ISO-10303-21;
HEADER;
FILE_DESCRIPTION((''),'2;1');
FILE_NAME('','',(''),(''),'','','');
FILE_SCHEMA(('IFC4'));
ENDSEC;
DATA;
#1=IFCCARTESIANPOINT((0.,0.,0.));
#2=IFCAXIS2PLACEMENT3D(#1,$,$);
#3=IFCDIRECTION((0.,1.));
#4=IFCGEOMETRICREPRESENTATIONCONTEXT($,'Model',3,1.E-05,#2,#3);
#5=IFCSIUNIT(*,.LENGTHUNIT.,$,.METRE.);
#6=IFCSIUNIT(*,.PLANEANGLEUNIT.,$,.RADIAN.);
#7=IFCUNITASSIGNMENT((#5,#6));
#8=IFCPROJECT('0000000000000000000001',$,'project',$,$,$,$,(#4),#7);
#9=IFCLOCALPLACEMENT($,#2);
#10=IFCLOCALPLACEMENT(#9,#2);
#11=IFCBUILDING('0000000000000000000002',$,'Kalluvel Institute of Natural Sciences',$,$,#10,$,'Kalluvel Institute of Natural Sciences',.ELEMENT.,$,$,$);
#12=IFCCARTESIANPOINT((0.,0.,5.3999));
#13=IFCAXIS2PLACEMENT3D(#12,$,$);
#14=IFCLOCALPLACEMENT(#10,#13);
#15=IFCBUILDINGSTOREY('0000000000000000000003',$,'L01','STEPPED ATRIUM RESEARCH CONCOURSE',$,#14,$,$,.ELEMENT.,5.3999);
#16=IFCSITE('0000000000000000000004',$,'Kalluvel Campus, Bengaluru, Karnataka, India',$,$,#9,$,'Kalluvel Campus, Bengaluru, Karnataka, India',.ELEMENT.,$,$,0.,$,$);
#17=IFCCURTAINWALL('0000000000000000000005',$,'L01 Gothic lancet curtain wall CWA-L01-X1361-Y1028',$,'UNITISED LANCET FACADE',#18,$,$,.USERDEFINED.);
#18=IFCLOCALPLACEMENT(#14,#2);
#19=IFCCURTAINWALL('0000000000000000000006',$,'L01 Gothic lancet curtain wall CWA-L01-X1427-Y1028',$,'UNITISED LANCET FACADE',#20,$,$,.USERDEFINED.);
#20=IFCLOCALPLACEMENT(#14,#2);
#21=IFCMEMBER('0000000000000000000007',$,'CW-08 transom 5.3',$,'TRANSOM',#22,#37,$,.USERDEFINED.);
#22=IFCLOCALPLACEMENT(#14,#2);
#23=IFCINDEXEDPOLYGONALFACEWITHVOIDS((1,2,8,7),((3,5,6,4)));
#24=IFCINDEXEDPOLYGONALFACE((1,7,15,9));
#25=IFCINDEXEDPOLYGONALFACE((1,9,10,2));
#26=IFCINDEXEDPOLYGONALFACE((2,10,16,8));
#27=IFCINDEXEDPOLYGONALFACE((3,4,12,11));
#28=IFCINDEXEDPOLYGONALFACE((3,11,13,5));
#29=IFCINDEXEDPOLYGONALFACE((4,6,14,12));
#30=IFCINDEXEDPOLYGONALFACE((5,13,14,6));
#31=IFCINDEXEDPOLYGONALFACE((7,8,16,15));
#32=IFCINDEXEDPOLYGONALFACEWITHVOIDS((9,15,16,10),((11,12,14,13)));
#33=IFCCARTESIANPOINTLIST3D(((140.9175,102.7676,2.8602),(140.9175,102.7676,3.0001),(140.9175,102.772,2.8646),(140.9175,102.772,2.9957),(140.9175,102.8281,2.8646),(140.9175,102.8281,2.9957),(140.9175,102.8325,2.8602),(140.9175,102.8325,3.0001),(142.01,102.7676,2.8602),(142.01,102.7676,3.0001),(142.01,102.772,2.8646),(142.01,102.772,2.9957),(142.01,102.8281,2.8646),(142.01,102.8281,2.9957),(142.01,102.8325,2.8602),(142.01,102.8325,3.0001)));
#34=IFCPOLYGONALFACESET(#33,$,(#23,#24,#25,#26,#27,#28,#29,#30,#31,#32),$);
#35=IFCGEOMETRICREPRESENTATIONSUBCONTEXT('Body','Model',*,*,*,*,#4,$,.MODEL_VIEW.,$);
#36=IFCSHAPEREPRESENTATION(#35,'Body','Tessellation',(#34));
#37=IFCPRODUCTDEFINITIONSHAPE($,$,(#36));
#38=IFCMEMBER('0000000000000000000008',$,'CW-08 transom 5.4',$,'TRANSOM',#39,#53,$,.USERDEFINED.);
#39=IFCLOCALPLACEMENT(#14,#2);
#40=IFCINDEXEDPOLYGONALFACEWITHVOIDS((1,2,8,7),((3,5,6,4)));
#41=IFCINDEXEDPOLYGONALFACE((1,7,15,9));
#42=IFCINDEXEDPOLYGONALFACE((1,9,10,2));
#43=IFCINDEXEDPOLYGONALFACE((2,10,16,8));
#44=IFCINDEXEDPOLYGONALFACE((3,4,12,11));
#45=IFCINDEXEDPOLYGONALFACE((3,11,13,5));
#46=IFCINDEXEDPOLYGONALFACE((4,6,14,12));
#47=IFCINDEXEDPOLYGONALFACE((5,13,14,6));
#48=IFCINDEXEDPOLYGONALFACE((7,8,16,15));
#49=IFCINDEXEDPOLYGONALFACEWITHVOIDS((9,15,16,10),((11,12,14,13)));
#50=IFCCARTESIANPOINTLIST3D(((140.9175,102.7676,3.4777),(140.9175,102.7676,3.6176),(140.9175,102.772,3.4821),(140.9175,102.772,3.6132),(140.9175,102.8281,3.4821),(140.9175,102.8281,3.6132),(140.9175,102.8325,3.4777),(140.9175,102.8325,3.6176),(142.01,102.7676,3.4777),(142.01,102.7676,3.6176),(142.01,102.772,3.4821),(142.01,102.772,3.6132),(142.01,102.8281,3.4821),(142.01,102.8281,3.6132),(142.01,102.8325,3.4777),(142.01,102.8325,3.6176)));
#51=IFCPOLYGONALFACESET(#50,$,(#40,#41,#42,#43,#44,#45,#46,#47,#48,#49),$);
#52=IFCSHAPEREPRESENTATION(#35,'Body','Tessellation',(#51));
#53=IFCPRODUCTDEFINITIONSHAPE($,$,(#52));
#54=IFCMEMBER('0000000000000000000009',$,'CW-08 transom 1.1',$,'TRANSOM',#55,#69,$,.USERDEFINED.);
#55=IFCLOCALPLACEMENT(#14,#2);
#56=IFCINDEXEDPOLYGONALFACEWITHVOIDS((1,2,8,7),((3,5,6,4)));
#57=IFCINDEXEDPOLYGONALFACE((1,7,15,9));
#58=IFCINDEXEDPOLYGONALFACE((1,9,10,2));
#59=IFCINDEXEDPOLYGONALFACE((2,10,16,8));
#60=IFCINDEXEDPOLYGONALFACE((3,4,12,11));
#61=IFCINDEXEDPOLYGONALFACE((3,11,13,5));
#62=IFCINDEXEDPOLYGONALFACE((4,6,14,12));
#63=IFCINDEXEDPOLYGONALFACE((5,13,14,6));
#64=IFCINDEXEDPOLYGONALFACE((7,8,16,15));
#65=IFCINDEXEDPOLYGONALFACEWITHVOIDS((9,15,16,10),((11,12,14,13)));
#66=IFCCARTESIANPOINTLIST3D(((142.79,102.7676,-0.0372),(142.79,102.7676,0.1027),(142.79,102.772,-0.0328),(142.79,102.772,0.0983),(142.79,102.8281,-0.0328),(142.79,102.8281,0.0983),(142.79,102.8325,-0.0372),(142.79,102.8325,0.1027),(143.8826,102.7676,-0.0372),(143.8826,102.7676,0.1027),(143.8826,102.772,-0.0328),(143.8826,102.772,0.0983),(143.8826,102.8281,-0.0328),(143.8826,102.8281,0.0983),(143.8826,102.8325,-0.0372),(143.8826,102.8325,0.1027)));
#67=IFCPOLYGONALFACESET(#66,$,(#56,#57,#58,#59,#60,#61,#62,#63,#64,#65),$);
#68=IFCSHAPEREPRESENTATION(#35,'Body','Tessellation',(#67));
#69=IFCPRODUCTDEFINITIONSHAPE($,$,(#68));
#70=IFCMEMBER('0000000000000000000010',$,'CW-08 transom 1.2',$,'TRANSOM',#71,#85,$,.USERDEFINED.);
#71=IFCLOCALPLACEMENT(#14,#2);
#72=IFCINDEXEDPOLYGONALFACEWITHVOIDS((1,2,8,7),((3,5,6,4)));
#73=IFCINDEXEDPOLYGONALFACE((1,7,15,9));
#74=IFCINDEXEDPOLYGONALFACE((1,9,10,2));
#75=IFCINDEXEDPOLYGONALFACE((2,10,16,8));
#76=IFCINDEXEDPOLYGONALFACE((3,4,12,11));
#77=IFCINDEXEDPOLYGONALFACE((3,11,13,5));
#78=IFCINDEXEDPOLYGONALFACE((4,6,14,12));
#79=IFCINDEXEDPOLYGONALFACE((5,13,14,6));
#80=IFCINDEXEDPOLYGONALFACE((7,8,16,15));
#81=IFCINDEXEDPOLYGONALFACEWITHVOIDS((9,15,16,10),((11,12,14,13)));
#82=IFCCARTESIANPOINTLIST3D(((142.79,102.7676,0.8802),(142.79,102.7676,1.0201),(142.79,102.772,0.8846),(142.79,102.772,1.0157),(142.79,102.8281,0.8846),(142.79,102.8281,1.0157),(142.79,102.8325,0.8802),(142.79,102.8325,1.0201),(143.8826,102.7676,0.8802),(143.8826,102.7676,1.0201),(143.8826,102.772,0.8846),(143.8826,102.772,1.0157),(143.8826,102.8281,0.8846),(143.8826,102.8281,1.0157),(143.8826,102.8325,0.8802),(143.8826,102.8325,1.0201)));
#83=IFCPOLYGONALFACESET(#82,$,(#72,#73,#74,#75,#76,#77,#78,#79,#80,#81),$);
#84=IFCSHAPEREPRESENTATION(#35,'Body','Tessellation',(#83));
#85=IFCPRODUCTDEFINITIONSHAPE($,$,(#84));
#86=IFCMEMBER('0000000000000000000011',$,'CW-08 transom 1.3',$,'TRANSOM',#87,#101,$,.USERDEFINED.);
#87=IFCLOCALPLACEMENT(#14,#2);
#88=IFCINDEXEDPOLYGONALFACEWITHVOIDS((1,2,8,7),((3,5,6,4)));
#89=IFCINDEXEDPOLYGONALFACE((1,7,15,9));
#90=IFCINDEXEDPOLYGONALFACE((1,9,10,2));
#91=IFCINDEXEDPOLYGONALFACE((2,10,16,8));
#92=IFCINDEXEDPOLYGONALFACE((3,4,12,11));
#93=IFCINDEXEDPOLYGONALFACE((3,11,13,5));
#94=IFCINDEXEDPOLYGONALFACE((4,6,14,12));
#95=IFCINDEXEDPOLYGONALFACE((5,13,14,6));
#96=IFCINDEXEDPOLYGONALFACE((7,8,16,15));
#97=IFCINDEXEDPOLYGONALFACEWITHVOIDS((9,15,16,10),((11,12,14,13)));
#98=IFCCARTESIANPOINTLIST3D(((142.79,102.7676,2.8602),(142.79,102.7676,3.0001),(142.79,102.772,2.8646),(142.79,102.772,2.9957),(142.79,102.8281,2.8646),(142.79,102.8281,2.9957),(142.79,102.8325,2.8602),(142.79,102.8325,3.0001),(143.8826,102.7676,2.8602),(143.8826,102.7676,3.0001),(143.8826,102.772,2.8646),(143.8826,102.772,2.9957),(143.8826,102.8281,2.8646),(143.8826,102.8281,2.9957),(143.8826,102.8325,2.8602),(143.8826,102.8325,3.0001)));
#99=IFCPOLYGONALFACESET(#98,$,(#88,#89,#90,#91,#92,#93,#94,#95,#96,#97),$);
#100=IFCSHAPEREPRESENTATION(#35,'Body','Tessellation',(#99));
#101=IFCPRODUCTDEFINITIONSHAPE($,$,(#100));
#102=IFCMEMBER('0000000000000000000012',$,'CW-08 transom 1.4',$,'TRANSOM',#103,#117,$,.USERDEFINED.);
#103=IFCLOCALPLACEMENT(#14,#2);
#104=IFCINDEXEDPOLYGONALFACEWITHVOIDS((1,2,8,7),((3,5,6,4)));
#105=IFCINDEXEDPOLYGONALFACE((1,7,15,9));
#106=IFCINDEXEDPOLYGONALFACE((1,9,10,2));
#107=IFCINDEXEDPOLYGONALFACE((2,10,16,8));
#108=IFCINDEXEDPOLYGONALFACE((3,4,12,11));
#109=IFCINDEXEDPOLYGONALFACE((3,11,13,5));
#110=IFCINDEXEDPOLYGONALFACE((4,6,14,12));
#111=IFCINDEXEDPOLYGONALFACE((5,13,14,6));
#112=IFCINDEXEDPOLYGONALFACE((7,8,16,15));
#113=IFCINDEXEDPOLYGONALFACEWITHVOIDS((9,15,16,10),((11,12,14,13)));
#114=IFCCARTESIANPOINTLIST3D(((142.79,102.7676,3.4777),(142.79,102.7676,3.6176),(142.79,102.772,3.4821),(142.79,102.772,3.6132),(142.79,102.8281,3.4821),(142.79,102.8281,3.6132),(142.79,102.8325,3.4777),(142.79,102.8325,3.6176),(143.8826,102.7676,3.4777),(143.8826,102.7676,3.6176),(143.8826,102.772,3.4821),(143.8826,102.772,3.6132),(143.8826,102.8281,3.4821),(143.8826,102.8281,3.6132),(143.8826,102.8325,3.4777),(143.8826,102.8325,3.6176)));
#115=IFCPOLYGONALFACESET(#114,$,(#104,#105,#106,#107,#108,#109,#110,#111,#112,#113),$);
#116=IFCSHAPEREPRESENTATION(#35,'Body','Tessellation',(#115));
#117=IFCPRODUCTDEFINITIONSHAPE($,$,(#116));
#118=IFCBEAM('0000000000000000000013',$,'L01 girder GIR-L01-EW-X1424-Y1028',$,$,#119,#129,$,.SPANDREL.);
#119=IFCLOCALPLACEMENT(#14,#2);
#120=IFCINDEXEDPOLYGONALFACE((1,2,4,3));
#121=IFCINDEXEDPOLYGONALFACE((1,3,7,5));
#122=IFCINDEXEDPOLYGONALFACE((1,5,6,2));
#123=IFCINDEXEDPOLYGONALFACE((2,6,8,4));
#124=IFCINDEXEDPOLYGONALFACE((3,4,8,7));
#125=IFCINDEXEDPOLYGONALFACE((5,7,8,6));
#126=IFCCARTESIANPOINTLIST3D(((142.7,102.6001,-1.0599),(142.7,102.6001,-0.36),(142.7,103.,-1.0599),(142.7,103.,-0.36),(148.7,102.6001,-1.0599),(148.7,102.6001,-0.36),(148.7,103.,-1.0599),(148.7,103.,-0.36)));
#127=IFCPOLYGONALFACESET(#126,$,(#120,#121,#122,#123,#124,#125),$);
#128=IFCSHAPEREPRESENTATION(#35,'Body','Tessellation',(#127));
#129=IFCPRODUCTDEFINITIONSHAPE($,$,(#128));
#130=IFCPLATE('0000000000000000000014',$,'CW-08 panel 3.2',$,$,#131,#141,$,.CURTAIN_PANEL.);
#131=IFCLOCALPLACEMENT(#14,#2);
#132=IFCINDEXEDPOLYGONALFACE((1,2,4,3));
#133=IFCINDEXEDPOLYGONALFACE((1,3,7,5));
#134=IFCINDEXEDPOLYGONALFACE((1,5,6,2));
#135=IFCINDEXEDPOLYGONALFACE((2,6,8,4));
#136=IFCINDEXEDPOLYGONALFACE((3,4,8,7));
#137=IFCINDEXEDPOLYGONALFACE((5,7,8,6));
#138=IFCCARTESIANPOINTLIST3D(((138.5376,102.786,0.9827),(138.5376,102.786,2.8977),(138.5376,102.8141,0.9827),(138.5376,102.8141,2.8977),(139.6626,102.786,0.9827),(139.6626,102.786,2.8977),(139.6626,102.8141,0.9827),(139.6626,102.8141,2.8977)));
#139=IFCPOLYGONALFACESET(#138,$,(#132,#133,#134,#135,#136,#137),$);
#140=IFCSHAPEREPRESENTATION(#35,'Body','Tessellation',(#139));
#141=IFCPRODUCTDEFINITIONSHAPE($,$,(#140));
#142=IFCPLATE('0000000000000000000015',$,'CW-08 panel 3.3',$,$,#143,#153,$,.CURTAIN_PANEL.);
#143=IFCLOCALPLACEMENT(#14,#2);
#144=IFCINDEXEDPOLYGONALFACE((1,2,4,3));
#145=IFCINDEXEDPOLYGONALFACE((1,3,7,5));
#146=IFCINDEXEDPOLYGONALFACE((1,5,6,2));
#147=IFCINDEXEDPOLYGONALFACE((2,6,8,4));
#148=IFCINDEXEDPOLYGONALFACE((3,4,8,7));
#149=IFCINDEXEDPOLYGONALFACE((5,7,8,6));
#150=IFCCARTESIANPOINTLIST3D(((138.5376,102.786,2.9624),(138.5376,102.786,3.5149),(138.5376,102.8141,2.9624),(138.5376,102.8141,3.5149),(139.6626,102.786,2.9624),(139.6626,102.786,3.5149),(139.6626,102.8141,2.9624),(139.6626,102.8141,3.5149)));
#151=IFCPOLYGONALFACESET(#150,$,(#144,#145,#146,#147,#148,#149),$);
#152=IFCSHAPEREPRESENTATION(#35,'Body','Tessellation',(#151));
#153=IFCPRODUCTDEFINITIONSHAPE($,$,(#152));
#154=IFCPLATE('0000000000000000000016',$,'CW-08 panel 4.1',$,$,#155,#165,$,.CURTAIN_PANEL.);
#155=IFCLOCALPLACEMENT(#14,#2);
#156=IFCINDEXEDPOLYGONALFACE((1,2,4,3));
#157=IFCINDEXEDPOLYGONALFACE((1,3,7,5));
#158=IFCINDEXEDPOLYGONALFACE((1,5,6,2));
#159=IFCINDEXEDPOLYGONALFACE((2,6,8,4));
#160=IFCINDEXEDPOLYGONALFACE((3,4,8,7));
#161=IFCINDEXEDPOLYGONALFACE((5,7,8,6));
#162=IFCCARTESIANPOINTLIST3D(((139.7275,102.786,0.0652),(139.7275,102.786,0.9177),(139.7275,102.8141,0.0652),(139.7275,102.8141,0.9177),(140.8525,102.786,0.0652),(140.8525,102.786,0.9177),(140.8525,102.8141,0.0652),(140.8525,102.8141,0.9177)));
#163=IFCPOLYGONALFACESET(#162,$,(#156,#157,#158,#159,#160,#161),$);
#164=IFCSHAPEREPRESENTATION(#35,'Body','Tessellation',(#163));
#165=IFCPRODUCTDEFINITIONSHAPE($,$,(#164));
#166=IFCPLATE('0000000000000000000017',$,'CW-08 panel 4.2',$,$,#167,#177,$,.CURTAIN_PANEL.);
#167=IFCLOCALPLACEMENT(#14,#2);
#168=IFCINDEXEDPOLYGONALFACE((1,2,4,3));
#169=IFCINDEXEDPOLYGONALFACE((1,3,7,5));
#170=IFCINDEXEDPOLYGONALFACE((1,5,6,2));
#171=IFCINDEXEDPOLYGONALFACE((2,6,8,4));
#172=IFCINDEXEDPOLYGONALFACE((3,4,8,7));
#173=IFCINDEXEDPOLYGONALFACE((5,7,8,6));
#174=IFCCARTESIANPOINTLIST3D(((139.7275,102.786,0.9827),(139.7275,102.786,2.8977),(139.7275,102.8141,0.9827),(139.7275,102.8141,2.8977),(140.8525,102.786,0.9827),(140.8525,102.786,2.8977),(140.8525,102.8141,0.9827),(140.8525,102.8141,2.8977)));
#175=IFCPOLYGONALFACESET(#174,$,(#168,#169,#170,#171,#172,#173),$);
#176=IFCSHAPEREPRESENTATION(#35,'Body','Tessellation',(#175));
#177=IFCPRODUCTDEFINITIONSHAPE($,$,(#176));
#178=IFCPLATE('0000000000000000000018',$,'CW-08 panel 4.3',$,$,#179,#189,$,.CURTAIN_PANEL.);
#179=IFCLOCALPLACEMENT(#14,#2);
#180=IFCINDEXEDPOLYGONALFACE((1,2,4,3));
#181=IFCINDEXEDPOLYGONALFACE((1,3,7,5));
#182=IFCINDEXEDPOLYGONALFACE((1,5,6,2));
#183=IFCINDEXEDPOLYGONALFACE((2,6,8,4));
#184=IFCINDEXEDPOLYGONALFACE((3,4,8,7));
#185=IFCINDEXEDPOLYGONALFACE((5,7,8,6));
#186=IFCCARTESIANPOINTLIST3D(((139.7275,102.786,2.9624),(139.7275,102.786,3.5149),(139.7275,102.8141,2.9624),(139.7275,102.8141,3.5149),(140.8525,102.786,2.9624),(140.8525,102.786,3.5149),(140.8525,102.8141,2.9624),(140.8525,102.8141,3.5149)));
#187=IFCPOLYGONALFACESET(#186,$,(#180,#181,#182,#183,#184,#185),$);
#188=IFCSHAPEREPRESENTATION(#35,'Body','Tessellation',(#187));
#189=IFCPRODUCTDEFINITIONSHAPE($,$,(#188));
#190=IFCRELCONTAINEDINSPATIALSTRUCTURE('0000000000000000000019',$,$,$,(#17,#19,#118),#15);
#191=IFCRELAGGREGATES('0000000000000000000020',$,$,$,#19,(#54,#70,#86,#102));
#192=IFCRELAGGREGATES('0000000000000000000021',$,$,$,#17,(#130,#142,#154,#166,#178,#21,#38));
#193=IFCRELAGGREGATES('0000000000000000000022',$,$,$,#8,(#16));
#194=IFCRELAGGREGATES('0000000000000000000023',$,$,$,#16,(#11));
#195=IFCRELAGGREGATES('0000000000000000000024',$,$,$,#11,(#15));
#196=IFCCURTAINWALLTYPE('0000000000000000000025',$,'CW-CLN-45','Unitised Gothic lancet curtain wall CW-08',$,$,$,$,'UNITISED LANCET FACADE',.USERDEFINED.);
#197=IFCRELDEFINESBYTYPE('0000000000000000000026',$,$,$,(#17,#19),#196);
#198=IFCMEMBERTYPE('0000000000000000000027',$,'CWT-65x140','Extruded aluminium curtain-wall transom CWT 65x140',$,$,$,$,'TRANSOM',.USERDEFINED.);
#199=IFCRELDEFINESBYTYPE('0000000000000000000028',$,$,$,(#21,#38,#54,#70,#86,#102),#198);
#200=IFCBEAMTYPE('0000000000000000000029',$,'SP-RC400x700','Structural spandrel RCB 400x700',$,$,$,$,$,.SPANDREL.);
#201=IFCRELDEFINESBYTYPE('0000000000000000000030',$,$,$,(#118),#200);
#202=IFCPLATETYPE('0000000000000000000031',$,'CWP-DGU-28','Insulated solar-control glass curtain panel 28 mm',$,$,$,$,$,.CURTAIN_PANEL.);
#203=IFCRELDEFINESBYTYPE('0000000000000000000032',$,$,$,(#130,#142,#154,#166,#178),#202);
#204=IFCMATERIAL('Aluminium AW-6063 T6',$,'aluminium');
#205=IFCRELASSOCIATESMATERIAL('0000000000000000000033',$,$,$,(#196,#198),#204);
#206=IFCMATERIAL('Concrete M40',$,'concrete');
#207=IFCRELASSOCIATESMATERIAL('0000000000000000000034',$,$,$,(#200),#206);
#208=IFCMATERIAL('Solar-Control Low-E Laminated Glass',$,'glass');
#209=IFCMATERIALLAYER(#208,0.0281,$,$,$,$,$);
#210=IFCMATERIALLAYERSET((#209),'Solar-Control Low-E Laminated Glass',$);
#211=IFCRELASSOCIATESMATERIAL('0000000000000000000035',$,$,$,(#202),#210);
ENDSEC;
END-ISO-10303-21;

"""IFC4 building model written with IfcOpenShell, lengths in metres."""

from ifc_helpers import new_model, si_unit, direction, frame, origin, origin_2d, place, context, subcontext, project, spatial, rectangle, hollow_rectangle, extrude, material, layer, layer_set, material_profile, profile_set, type_object, element, aggregate, save


model = new_model("IFC4")

# Units and contexts
model_context = context("Model", 3, precision=1e-05, world=origin(), true_north=direction((0.0, 1.0)))
body_context = subcontext(model_context, "Body", "Model", "MODEL_VIEW")
ifc_project = project(units=[si_unit("LENGTHUNIT", "METRE"), si_unit("PLANEANGLEUNIT", "RADIAN")], contexts=[model_context])

# Site, building, storey
site_placement = place(None, origin())
site = spatial("IfcSite", under=ifc_project, at=site_placement, Name="Kalluvel Campus, Bengaluru, Karnataka, India", LongName="Kalluvel Campus, Bengaluru, Karnataka, India", CompositionType="ELEMENT", RefElevation=0.0)
building_placement = place(site_placement, origin())
building = spatial("IfcBuilding", under=site, at=building_placement, Name="Kalluvel Institute of Natural Sciences", LongName="Kalluvel Institute of Natural Sciences", CompositionType="ELEMENT")
storey_placement = place(building_placement, frame((0.0, 0.0, 5.3999)))
storey = spatial("IfcBuildingStorey", under=building, at=storey_placement, Name="L01", Description="STEPPED ATRIUM RESEARCH CONCOURSE", CompositionType="ELEMENT", Elevation=5.3999)

# Shared definitions
ifc_material_1 = material(Name="Concrete M40", Category="concrete")

# Curtain wall
ifc_material_2 = material(Name="Aluminium AW-6063 T6", Category="aluminium")
curtain_wall_type = type_object("IfcCurtainWallType", Name="CW-CLN-45", Description="Unitised Gothic lancet curtain wall CW-08", ElementType="UNITISED LANCET FACADE", PredefinedType="USERDEFINED", material=ifc_material_2)
curtain_wall_1_placement = place(storey_placement, origin())
curtain_wall_1 = element("IfcCurtainWall", 1, at=curtain_wall_1_placement, inside=storey, type_object=curtain_wall_type, Name="L01 Gothic lancet curtain wall CWA-L01-X1361-Y1028", ObjectType="UNITISED LANCET FACADE", PredefinedType="USERDEFINED")

# Curtain wall
curtain_wall_2_placement = place(storey_placement, origin())
curtain_wall_2 = element("IfcCurtainWall", 2, at=curtain_wall_2_placement, inside=storey, type_object=curtain_wall_type, Name="L01 Gothic lancet curtain wall CWA-L01-X1427-Y1028", ObjectType="UNITISED LANCET FACADE", PredefinedType="USERDEFINED")

# Members
ifc_material_profile_1 = material_profile(ifc_material_2, hollow_rectangle(XDim=0.0649, YDim=0.1399, WallThickness=0.0044, at=origin_2d()), Name="CWT 65x140")
ifc_profile_set_1 = profile_set([ifc_material_profile_1], Name="Aluminium AW-6063 T6")
member_type_1 = type_object("IfcMemberType", Name="CWT-65x140", Description="Extruded aluminium curtain-wall transom CWT 65x140", ElementType="TRANSOM", PredefinedType="USERDEFINED", material=ifc_profile_set_1)
member_1_placement = place(storey_placement, frame((140.9175, 102.8, 2.9302), z_axis=(1.0, 0.0, 0.0), x_axis=(0.0, 1.0, 0.0)))
member_1 = element("IfcMember", 3, at=member_1_placement, type_object=member_type_1, Name="CW-08 transom 5.3", ObjectType="TRANSOM", PredefinedType="USERDEFINED", context=body_context, shape_type="SweptSolid", body=[
    extrude(hollow_rectangle(XDim=0.0649, YDim=0.1399, WallThickness=0.0044, at=origin_2d()), origin(), (0.0, 0.0, 1.0), 1.0925),
])
member_2_placement = place(storey_placement, frame((140.9175, 102.8, 3.5476), z_axis=(1.0, 0.0, 0.0), x_axis=(0.0, 1.0, 0.0)))
member_2 = element("IfcMember", 4, at=member_2_placement, type_object=member_type_1, Name="CW-08 transom 5.4", ObjectType="TRANSOM", PredefinedType="USERDEFINED", context=body_context, shape_type="SweptSolid", body=[
    extrude(hollow_rectangle(XDim=0.0649, YDim=0.1399, WallThickness=0.0044, at=origin_2d()), origin(), (0.0, 0.0, 1.0), 1.0925),
])
member_3_placement = place(storey_placement, frame((142.79, 102.8, 0.0327), z_axis=(1.0, 0.0, 0.0), x_axis=(0.0, 1.0, 0.0)))
member_3 = element("IfcMember", 5, at=member_3_placement, type_object=member_type_1, Name="CW-08 transom 1.1", ObjectType="TRANSOM", PredefinedType="USERDEFINED", context=body_context, shape_type="SweptSolid", body=[
    extrude(hollow_rectangle(XDim=0.0649, YDim=0.1399, WallThickness=0.0044, at=origin_2d()), origin(), (0.0, 0.0, 1.0), 1.0925),
])
member_4_placement = place(storey_placement, frame((142.79, 102.8, 0.9502), z_axis=(1.0, 0.0, 0.0), x_axis=(0.0, 1.0, 0.0)))
member_4 = element("IfcMember", 6, at=member_4_placement, type_object=member_type_1, Name="CW-08 transom 1.2", ObjectType="TRANSOM", PredefinedType="USERDEFINED", context=body_context, shape_type="SweptSolid", body=[
    extrude(hollow_rectangle(XDim=0.0649, YDim=0.1399, WallThickness=0.0044, at=origin_2d()), origin(), (0.0, 0.0, 1.0), 1.0925),
])
member_5_placement = place(storey_placement, frame((142.79, 102.8, 2.9302), z_axis=(1.0, 0.0, 0.0), x_axis=(0.0, 1.0, 0.0)))
member_5 = element("IfcMember", 7, at=member_5_placement, type_object=member_type_1, Name="CW-08 transom 1.3", ObjectType="TRANSOM", PredefinedType="USERDEFINED", context=body_context, shape_type="SweptSolid", body=[
    extrude(hollow_rectangle(XDim=0.0649, YDim=0.1399, WallThickness=0.0044, at=origin_2d()), origin(), (0.0, 0.0, 1.0), 1.0925),
])
member_6_placement = place(storey_placement, frame((142.79, 102.8, 3.5476), z_axis=(1.0, 0.0, 0.0), x_axis=(0.0, 1.0, 0.0)))
member_6 = element("IfcMember", 8, at=member_6_placement, type_object=member_type_1, Name="CW-08 transom 1.4", ObjectType="TRANSOM", PredefinedType="USERDEFINED", context=body_context, shape_type="SweptSolid", body=[
    extrude(hollow_rectangle(XDim=0.0649, YDim=0.1399, WallThickness=0.0044, at=origin_2d()), origin(), (0.0, 0.0, 1.0), 1.0925),
])
aggregate(curtain_wall_2, [member_3, member_4, member_5, member_6])

# Beam
ifc_material_profile_2 = material_profile(ifc_material_1, rectangle(XDim=0.3999, YDim=0.7, at=origin_2d()), Name="RCB 400x700")
ifc_profile_set_2 = profile_set([ifc_material_profile_2], Name="Concrete M40")
beam_type = type_object("IfcBeamType", Name="SP-RC400x700", Description="Structural spandrel RCB 400x700", PredefinedType="SPANDREL", material=ifc_profile_set_2)
beam_placement = place(storey_placement, frame((142.7, 102.8, -0.71), z_axis=(1.0, 0.0, 0.0), x_axis=(0.0, 1.0, 0.0)))
element("IfcBeam", 9, at=beam_placement, inside=storey, type_object=beam_type, Name="L01 girder GIR-L01-EW-X1424-Y1028", PredefinedType="SPANDREL", context=body_context, shape_type="SweptSolid", body=[
    extrude(rectangle(XDim=0.3999, YDim=0.7, at=origin_2d()), origin(), (0.0, 0.0, 1.0), 6.0),
])

# Plates
ifc_material_3 = material(Name="Solar-Control Low-E Laminated Glass", Category="glass")
ifc_layer = layer(ifc_material_3, 0.0281)
ifc_layer_set = layer_set([ifc_layer], Name="Solar-Control Low-E Laminated Glass")
plate_type = type_object("IfcPlateType", Name="CWP-DGU-28", Description="Insulated solar-control glass curtain panel 28 mm", PredefinedType="CURTAIN_PANEL", material=ifc_layer_set)
plate_1_placement = place(storey_placement, frame((139.1001, 102.8, 0.9827), z_axis=(0.0, 0.0, 1.0), x_axis=(1.0, 0.0, 0.0)))
plate_1 = element("IfcPlate", 10, at=plate_1_placement, type_object=plate_type, Name="CW-08 panel 3.2", PredefinedType="CURTAIN_PANEL", context=body_context, shape_type="SweptSolid", body=[
    extrude(rectangle(XDim=1.125, YDim=0.0281, at=origin_2d()), origin(), (0.0, 0.0, 1.0), 1.915),
])
plate_2_placement = place(storey_placement, frame((139.1001, 102.8, 2.9624), z_axis=(0.0, 0.0, 1.0), x_axis=(1.0, 0.0, 0.0)))
plate_2 = element("IfcPlate", 11, at=plate_2_placement, type_object=plate_type, Name="CW-08 panel 3.3", PredefinedType="CURTAIN_PANEL", context=body_context, shape_type="SweptSolid", body=[
    extrude(rectangle(XDim=1.125, YDim=0.0281, at=origin_2d()), origin(), (0.0, 0.0, 1.0), 0.5525),
])
plate_3_placement = place(storey_placement, frame((140.29, 102.8, 0.0652), z_axis=(0.0, 0.0, 1.0), x_axis=(1.0, 0.0, 0.0)))
plate_3 = element("IfcPlate", 12, at=plate_3_placement, type_object=plate_type, Name="CW-08 panel 4.1", PredefinedType="CURTAIN_PANEL", context=body_context, shape_type="SweptSolid", body=[
    extrude(rectangle(XDim=1.125, YDim=0.0281, at=origin_2d()), origin(), (0.0, 0.0, 1.0), 0.8525),
])
plate_4_placement = place(storey_placement, frame((140.29, 102.8, 0.9827), z_axis=(0.0, 0.0, 1.0), x_axis=(1.0, 0.0, 0.0)))
plate_4 = element("IfcPlate", 13, at=plate_4_placement, type_object=plate_type, Name="CW-08 panel 4.2", PredefinedType="CURTAIN_PANEL", context=body_context, shape_type="SweptSolid", body=[
    extrude(rectangle(XDim=1.125, YDim=0.0281, at=origin_2d()), origin(), (0.0, 0.0, 1.0), 1.915),
])
plate_5_placement = place(storey_placement, frame((140.29, 102.8, 2.9624), z_axis=(0.0, 0.0, 1.0), x_axis=(1.0, 0.0, 0.0)))
plate_5 = element("IfcPlate", 14, at=plate_5_placement, type_object=plate_type, Name="CW-08 panel 4.3", PredefinedType="CURTAIN_PANEL", context=body_context, shape_type="SweptSolid", body=[
    extrude(rectangle(XDim=1.125, YDim=0.0281, at=origin_2d()), origin(), (0.0, 0.0, 1.0), 0.5525),
])
aggregate(curtain_wall_1, [plate_1, plate_2, plate_3, plate_4, plate_5, member_1, member_2])

save(model, "model.ifc")
